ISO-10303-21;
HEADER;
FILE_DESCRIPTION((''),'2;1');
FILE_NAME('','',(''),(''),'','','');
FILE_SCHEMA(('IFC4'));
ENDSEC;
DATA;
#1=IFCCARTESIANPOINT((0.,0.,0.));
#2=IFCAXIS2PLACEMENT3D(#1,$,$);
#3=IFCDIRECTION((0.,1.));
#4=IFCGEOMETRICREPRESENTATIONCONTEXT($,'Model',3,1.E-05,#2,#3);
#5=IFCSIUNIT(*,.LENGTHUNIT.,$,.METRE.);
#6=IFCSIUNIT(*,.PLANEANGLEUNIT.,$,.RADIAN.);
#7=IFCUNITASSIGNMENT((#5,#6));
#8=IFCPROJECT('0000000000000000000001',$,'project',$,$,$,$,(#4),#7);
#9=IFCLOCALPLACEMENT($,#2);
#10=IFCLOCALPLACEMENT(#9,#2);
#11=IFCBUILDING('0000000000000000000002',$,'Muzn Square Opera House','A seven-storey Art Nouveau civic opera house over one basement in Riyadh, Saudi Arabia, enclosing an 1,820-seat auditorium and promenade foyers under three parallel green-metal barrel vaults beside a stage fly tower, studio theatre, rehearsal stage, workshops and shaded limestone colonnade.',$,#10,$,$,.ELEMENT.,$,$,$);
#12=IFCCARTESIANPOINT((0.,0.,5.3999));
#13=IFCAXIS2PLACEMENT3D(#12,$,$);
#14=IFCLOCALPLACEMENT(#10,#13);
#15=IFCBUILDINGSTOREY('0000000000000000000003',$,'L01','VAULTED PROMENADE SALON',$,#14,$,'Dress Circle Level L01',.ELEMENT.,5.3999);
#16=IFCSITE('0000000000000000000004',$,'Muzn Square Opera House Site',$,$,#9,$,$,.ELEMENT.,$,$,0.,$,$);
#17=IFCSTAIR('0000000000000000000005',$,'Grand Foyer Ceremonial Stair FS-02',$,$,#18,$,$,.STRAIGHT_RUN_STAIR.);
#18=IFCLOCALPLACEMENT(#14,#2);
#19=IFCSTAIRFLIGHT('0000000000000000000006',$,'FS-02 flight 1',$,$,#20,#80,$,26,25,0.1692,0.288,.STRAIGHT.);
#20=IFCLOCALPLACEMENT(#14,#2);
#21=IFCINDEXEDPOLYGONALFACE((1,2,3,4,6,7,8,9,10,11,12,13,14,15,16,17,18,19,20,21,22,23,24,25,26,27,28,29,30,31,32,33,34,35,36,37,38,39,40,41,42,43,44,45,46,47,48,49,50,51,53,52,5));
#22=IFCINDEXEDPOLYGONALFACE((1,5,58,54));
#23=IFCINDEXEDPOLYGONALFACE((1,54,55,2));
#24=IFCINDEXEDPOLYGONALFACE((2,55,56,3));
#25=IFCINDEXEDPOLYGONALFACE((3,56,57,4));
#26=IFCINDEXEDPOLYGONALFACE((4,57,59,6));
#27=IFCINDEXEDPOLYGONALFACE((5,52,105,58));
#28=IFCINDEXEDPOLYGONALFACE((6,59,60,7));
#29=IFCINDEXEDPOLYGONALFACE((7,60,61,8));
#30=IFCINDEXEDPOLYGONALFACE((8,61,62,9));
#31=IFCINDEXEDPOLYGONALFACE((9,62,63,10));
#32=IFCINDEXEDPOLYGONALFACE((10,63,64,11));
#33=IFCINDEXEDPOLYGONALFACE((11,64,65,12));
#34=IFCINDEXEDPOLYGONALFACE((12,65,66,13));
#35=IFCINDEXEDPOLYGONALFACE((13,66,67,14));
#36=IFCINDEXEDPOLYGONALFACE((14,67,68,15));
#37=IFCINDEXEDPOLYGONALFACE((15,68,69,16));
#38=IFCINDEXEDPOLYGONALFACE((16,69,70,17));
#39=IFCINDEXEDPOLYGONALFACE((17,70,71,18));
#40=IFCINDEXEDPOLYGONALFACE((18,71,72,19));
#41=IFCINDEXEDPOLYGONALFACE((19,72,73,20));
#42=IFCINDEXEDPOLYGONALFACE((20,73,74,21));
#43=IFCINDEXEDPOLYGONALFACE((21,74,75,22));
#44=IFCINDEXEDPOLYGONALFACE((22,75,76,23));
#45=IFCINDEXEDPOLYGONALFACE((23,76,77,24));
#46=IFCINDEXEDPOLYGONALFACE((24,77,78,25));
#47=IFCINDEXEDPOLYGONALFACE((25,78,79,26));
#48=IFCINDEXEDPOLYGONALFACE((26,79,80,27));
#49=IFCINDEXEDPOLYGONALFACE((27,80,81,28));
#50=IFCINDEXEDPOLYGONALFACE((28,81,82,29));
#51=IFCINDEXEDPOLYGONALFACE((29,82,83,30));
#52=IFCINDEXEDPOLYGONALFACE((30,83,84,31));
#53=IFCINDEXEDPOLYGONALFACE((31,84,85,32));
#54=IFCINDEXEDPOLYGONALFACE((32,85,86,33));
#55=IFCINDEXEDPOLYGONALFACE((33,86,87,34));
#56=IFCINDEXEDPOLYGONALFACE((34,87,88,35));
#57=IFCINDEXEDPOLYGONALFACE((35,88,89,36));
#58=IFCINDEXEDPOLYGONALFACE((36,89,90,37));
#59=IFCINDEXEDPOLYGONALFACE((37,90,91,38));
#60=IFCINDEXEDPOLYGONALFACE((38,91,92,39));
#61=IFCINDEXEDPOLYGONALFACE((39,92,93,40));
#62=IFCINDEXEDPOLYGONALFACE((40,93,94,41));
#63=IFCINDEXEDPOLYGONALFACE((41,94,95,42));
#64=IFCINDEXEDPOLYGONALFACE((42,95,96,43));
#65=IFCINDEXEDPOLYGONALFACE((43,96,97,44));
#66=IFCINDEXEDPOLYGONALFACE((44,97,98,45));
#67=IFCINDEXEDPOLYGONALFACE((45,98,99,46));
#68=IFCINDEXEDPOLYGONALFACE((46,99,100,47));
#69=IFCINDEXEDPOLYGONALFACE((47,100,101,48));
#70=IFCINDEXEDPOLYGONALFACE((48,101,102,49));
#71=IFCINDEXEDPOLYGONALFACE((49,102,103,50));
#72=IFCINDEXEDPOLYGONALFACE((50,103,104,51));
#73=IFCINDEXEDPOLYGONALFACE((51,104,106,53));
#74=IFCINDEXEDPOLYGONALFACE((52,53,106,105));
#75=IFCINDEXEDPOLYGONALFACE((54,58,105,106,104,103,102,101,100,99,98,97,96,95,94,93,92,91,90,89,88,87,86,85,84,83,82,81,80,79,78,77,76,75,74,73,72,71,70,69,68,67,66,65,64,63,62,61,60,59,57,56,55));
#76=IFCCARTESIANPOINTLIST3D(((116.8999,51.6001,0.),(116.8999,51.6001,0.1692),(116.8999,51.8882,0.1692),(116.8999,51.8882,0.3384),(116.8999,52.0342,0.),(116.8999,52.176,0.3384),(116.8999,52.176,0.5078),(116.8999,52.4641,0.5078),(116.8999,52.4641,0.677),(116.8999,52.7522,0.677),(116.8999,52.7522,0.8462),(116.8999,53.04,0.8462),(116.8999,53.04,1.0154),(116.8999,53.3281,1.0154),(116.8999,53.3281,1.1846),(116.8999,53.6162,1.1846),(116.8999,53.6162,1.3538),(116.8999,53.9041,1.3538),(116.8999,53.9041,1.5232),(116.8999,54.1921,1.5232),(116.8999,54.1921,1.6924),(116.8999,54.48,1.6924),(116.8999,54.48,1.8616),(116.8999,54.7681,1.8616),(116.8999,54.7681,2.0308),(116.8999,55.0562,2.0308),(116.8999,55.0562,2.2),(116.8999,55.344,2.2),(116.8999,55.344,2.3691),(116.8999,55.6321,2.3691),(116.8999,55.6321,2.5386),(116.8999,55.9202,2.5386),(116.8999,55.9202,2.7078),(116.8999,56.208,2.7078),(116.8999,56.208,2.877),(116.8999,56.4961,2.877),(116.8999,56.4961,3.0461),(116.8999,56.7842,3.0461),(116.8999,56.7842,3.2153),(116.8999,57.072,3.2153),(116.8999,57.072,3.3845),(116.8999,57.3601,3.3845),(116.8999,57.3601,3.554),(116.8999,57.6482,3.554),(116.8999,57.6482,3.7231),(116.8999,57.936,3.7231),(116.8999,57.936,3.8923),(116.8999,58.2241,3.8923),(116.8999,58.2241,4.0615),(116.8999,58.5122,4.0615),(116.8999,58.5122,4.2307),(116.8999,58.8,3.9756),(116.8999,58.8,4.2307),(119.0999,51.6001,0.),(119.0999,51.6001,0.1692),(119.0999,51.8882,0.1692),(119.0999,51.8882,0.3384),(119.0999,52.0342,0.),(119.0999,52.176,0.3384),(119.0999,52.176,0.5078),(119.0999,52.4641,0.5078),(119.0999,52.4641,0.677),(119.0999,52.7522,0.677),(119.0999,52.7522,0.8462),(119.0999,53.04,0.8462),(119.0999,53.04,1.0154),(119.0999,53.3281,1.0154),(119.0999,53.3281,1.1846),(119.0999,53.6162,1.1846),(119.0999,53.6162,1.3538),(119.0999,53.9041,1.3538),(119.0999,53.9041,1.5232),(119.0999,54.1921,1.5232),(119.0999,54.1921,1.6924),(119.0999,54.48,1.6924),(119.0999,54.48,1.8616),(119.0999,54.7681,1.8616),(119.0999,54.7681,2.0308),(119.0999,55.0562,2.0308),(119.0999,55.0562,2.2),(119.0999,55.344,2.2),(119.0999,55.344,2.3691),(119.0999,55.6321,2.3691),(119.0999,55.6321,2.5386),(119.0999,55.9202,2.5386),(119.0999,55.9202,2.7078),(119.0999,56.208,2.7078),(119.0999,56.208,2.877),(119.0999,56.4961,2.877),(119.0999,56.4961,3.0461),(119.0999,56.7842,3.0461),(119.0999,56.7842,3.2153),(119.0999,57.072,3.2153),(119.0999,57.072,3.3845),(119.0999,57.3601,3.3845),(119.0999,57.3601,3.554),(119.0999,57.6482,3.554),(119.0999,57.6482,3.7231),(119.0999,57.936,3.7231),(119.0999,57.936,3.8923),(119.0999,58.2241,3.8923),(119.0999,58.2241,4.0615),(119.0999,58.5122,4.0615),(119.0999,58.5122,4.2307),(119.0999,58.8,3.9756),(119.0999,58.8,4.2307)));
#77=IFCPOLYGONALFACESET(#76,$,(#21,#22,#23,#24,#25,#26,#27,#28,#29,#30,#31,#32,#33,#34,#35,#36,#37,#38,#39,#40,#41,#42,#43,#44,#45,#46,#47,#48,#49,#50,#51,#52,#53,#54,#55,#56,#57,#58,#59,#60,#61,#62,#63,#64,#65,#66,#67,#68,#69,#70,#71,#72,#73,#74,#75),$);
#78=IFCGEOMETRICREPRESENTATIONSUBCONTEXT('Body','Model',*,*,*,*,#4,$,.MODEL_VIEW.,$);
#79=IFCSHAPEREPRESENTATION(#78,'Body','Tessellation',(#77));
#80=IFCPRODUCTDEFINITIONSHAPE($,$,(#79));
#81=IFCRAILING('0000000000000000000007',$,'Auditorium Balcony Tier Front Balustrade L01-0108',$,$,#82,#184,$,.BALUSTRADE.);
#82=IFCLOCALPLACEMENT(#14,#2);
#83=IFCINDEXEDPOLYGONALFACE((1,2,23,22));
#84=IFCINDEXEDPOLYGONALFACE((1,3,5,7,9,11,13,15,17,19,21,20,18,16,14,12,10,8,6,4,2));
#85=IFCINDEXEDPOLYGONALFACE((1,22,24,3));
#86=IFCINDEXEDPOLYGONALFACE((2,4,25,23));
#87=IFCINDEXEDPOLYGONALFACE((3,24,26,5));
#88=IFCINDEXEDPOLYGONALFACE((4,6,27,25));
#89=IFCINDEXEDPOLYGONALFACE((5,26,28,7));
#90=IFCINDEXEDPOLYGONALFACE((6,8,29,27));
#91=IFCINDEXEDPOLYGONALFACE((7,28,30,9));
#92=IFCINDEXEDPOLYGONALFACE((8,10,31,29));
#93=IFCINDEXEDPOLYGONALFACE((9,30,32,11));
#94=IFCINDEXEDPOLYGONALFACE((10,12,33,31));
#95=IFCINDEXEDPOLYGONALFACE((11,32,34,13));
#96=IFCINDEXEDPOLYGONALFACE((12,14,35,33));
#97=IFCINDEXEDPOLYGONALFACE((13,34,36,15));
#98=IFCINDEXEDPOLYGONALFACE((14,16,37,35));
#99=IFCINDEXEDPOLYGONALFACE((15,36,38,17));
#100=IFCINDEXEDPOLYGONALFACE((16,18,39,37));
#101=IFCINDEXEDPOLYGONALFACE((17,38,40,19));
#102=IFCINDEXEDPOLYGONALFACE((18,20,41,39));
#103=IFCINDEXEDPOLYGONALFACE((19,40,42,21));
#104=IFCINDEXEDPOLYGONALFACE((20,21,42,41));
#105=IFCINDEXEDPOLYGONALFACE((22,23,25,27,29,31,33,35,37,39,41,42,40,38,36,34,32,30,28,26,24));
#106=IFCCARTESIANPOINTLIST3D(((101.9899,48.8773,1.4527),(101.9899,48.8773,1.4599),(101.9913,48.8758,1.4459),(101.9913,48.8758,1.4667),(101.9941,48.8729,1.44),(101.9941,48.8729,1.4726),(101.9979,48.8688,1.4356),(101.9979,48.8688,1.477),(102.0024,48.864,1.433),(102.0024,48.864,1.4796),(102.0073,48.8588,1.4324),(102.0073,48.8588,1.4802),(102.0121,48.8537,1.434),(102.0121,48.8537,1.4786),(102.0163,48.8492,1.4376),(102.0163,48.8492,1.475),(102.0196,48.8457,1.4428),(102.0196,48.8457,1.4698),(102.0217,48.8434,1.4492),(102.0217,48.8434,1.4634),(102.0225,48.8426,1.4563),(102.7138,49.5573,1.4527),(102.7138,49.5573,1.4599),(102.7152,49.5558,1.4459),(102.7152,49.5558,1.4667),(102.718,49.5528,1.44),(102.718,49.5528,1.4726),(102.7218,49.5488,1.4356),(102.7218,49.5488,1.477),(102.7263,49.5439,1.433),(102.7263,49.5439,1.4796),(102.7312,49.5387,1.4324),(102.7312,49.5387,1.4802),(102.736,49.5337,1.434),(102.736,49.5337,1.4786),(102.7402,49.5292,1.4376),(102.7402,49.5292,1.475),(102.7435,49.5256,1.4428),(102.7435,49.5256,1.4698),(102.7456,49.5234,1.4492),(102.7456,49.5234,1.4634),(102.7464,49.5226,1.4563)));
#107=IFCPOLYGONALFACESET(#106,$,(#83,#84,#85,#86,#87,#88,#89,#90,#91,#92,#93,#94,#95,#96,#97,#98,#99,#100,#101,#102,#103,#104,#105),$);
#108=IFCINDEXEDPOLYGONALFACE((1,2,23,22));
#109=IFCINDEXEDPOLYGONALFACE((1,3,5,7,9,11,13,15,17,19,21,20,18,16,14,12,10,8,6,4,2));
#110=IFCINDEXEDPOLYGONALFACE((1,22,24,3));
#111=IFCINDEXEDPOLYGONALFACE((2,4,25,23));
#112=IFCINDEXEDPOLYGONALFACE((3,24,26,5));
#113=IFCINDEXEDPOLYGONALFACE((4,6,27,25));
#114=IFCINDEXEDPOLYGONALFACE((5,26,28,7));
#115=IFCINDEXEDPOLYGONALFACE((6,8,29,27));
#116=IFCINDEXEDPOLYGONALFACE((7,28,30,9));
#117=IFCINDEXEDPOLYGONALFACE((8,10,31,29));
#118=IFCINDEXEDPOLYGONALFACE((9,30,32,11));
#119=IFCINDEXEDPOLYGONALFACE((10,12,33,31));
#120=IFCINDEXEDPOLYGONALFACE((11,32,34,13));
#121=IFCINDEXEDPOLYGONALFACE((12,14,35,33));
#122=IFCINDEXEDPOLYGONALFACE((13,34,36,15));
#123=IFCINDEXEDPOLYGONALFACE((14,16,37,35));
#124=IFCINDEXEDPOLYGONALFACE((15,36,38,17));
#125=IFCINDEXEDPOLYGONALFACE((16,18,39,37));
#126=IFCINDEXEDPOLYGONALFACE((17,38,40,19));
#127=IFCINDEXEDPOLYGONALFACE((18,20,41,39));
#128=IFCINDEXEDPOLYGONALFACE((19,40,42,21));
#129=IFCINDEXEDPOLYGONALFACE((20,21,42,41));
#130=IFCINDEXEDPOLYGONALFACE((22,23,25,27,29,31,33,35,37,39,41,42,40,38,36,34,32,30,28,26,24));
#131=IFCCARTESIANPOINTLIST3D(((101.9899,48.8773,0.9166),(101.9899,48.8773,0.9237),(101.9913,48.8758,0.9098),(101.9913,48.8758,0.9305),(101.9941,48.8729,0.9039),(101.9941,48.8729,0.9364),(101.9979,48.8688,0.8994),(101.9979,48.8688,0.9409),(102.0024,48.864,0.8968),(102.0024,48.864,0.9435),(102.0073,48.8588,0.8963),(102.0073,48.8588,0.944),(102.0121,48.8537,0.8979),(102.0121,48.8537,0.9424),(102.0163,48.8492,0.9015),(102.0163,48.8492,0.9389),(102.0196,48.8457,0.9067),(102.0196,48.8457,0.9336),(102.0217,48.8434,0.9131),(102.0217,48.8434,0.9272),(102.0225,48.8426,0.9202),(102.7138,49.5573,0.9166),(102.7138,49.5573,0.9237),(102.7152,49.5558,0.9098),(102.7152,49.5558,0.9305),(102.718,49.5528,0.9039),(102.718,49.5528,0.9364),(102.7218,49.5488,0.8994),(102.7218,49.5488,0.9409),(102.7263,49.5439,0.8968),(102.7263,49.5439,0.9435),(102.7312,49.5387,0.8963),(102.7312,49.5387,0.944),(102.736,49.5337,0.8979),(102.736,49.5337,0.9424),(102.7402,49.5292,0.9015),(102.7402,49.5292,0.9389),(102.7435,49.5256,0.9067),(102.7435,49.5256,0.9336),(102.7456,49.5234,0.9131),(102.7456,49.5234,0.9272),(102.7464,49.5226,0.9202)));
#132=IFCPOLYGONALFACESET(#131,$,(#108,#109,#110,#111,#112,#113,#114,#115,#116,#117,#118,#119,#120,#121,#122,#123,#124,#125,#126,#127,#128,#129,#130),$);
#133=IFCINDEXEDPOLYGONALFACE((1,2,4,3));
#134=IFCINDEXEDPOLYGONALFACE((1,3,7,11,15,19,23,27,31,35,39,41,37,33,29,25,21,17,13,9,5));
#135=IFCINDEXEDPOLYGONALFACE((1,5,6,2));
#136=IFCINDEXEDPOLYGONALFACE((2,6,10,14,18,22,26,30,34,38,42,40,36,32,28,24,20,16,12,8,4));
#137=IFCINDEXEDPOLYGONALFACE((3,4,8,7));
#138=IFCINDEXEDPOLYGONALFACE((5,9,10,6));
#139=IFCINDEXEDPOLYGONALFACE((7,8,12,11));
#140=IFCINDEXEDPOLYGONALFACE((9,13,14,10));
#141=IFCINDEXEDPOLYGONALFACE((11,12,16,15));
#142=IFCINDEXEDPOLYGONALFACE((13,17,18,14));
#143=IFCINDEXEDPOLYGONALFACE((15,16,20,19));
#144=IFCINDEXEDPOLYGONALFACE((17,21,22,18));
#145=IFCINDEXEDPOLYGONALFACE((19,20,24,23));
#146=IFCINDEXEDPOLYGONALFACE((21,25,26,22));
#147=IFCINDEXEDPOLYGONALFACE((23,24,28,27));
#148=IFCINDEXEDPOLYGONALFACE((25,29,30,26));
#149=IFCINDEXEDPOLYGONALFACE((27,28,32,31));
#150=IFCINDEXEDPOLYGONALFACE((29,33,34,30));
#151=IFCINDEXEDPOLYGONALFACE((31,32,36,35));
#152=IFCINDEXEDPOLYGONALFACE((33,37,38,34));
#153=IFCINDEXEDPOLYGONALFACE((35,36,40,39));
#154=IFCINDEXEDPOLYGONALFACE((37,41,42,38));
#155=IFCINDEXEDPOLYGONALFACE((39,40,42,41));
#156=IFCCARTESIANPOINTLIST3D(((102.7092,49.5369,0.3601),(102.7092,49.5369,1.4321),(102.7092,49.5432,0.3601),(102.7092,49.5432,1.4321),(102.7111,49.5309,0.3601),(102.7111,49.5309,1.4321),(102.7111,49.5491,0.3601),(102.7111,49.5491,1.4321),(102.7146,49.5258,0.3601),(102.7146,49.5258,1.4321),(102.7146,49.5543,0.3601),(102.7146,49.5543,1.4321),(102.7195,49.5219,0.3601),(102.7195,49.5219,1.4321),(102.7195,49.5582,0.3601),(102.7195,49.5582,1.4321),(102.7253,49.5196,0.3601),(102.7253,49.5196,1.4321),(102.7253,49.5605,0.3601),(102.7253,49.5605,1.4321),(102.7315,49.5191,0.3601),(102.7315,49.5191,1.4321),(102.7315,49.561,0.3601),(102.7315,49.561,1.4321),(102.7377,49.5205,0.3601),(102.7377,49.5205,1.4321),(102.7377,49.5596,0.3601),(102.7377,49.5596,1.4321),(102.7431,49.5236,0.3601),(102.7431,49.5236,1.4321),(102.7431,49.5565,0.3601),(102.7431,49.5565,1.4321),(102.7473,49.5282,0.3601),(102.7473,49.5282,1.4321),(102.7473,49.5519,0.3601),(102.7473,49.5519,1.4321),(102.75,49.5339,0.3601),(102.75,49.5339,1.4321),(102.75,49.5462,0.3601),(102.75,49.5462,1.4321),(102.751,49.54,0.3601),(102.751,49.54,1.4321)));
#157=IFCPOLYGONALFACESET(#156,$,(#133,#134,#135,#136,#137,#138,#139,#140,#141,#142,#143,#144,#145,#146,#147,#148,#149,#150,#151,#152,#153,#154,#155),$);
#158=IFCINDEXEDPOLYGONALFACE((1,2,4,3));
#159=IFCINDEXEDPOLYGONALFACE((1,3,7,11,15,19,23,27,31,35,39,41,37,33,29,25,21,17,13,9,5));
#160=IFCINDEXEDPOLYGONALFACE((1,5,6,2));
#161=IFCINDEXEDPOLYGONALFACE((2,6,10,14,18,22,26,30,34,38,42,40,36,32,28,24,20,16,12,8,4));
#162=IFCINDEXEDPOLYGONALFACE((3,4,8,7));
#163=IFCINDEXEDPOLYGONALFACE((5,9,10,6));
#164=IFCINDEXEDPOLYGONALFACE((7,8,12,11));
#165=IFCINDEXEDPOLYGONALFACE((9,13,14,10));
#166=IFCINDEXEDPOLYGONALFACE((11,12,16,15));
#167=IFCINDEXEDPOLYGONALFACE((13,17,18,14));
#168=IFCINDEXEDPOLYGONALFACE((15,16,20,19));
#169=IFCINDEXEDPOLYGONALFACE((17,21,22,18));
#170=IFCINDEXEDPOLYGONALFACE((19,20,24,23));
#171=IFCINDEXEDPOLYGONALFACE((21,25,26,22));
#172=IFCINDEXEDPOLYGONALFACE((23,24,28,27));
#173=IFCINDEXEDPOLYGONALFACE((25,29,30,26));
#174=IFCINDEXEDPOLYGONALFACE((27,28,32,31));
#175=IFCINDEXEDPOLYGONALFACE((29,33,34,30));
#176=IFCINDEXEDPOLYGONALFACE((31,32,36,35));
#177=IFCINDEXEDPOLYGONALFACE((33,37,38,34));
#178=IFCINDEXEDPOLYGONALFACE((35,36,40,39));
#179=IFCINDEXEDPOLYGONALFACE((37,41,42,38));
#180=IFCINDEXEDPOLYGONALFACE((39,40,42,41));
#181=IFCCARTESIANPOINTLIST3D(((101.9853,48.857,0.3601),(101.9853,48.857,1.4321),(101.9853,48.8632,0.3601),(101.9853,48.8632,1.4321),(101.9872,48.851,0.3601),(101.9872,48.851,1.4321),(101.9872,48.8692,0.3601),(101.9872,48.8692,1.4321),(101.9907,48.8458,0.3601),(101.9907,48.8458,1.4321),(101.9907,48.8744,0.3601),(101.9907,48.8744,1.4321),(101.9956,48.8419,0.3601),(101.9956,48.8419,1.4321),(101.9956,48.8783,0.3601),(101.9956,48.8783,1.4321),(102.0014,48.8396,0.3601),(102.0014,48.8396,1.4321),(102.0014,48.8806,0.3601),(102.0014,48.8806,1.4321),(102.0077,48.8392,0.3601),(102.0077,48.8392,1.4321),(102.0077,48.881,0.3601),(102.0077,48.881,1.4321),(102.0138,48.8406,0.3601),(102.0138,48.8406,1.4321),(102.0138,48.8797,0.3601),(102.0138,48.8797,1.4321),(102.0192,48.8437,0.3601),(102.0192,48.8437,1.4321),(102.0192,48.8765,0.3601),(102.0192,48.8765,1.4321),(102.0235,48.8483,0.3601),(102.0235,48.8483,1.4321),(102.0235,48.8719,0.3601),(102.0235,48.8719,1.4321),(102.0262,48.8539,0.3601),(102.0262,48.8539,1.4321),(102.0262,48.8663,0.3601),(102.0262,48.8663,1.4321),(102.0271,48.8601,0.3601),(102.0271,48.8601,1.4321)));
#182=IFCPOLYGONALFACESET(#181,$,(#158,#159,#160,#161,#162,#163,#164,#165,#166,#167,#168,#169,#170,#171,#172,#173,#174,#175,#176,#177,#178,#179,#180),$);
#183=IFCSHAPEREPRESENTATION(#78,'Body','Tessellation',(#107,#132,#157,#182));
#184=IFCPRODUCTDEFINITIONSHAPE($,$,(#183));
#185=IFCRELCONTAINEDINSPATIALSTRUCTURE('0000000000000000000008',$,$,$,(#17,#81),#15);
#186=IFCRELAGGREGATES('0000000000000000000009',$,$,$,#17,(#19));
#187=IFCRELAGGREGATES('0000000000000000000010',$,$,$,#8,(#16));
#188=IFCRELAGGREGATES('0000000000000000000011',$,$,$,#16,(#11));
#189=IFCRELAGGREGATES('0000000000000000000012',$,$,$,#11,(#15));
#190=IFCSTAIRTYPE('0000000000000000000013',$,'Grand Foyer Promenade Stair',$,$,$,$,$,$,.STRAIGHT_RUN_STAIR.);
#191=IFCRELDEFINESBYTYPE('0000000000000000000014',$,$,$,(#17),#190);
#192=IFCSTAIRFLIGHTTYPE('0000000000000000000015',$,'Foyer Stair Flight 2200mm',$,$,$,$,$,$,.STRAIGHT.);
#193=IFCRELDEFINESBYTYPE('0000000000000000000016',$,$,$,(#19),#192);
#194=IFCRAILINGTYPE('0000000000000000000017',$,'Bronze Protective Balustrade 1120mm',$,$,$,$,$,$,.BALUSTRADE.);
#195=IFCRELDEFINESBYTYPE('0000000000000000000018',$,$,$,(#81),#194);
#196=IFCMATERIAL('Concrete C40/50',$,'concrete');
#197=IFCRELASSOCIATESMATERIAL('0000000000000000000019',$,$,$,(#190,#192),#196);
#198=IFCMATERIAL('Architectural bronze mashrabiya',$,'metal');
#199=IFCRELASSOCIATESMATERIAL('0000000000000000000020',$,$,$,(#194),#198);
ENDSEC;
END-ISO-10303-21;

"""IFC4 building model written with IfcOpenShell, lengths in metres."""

from ifc_helpers import new_model, si_unit, direction, frame, origin, origin_2d, place, context, subcontext, project, spatial, polyline, circle, outline, extrude, material, type_object, element, aggregate, save


model = new_model("IFC4")

# Units and contexts
model_context = context("Model", 3, precision=1e-05, world=origin(), true_north=direction((0.0, 1.0)))
body_context = subcontext(model_context, "Body", "Model", "MODEL_VIEW")
ifc_project = project(units=[si_unit("LENGTHUNIT", "METRE"), si_unit("PLANEANGLEUNIT", "RADIAN")], contexts=[model_context])

# Site, building, storey
site_placement = place(None, origin())
site = spatial("IfcSite", under=ifc_project, at=site_placement, Name="Muzn Square Opera House Site", CompositionType="ELEMENT", RefElevation=0.0)
building_placement = place(site_placement, origin())
building = spatial("IfcBuilding", under=site, at=building_placement, Name="Muzn Square Opera House", Description="A seven-storey Art Nouveau civic opera house over one basement in Riyadh, Saudi Arabia, enclosing an 1,820-seat auditorium and promenade foyers under three parallel green-metal barrel vaults beside a stage fly tower, studio theatre, rehearsal stage, workshops and shaded limestone colonnade.", CompositionType="ELEMENT")
storey_placement = place(building_placement, frame((0.0, 0.0, 5.3999)))
storey = spatial("IfcBuildingStorey", under=building, at=storey_placement, Name="L01", Description="VAULTED PROMENADE SALON", LongName="Dress Circle Level L01", CompositionType="ELEMENT", Elevation=5.3999)

# Shared definitions
ifc_material_1 = material(Name="Concrete C40/50", Category="concrete")

# Stair, stair flight
stair_type = type_object("IfcStairType", Name="Grand Foyer Promenade Stair", PredefinedType="STRAIGHT_RUN_STAIR", material=ifc_material_1)
stair_placement = place(storey_placement, origin())
stair = element("IfcStair", 1, at=stair_placement, inside=storey, type_object=stair_type, Name="Grand Foyer Ceremonial Stair FS-02", PredefinedType="STRAIGHT_RUN_STAIR")
stair_flight_type = type_object("IfcStairFlightType", Name="Foyer Stair Flight 2200mm", PredefinedType="STRAIGHT", material=ifc_material_1)
stair_flight_placement = place(storey_placement, frame((118.0, 51.6001, 0.0), z_axis=(0.0, 0.0, 1.0), x_axis=(0.0, 1.0, 0.0)))
stair_flight = element("IfcStairFlight", 2, at=stair_flight_placement, type_object=stair_flight_type, Name="FS-02 flight 1", NumberOfRisers=26, NumberOfTreads=25, PredefinedType="STRAIGHT", RiserHeight=0.1692, TreadLength=0.288, context=body_context, shape_type="SweptSolid", body=[
    extrude(outline(polyline([(0.0, 0.0), (0.0, 0.1692), (0.2881, 0.1692), (0.2881, 0.3384), (0.5759, 0.3384), (0.5759, 0.5078), (0.864, 0.5078), (0.864, 0.677), (1.1521, 0.677), (1.1521, 0.8462), (1.4399, 0.8462), (1.4399, 1.0154), (1.728, 1.0154), (1.728, 1.1846), (2.0161, 1.1846), (2.0161, 1.3538), (2.304, 1.3538), (2.304, 1.5232), (2.592, 1.5232), (2.592, 1.6924), (2.8799, 1.6924), (2.8799, 1.8616), (3.168, 1.8616), (3.168, 2.0308), (3.4561, 2.0308), (3.4561, 2.2), (3.7439, 2.2), (3.7439, 2.3691), (4.032, 2.3691), (4.032, 2.5386), (4.3201, 2.5386), (4.3201, 2.7078), (4.6079, 2.7078), (4.6079, 2.877), (4.896, 2.877), (4.896, 3.0461), (5.1841, 3.0461), (5.1841, 3.2153), (5.4719, 3.2153), (5.4719, 3.3845), (5.76, 3.3845), (5.76, 3.554), (6.0481, 3.554), (6.0481, 3.7231), (6.3359, 3.7231), (6.3359, 3.8923), (6.624, 3.8923), (6.624, 4.0615), (6.9121, 4.0615), (6.9121, 4.2307), (7.2, 4.2307), (7.2, 4.3999), (7.2, 3.9756), (0.4341, 0.0), (0.0, 0.0)])), frame((0.0, 1.1001, 0.0), z_axis=(0.0, -1.0, 0.0), x_axis=(1.0, 0.0, 0.0)), (0.0, 0.0, 1.0), 2.2),
])
aggregate(stair, [stair_flight])

# Railing
ifc_material_2 = material(Name="Architectural bronze mashrabiya", Category="metal")
railing_type_1 = type_object("IfcRailingType", Name="Bronze Protective Balustrade 1120mm", PredefinedType="BALUSTRADE", material=ifc_material_2)
railing_1_placement = place(storey_placement, frame((102.73, 49.54, 0.3601)))
element("IfcRailing", 3, at=railing_1_placement, inside=storey, type_object=railing_type_1, Name="Auditorium Balcony Tier Front Balustrade L01-0108", PredefinedType="BALUSTRADE", context=body_context, shape_type="SweptSolid", body=[
    extrude(circle(Radius=0.0239, at=origin_2d()), frame((0.0, 0.0, 1.0962), z_axis=(-0.728885, -0.684636, 0.0), x_axis=(0.684636, -0.728885, 0.0)), (0.0, 0.0, 1.0), 0.9932),
    extrude(circle(Radius=0.0239, at=origin_2d()), frame((0.0, 0.0, 0.5601), z_axis=(-0.728885, -0.684636, 0.0), x_axis=(0.684636, -0.728885, 0.0)), (0.0, 0.0, 1.0), 0.9932),
    extrude(circle(Radius=0.021, at=origin_2d()), origin(), (0.0, 0.0, 1.0), 1.072),
    extrude(circle(Radius=0.021, at=origin_2d()), frame((-0.7239, -0.6799, 0.0)), (0.0, 0.0, 1.0), 1.072),
])

save(model, "model.ifc")
